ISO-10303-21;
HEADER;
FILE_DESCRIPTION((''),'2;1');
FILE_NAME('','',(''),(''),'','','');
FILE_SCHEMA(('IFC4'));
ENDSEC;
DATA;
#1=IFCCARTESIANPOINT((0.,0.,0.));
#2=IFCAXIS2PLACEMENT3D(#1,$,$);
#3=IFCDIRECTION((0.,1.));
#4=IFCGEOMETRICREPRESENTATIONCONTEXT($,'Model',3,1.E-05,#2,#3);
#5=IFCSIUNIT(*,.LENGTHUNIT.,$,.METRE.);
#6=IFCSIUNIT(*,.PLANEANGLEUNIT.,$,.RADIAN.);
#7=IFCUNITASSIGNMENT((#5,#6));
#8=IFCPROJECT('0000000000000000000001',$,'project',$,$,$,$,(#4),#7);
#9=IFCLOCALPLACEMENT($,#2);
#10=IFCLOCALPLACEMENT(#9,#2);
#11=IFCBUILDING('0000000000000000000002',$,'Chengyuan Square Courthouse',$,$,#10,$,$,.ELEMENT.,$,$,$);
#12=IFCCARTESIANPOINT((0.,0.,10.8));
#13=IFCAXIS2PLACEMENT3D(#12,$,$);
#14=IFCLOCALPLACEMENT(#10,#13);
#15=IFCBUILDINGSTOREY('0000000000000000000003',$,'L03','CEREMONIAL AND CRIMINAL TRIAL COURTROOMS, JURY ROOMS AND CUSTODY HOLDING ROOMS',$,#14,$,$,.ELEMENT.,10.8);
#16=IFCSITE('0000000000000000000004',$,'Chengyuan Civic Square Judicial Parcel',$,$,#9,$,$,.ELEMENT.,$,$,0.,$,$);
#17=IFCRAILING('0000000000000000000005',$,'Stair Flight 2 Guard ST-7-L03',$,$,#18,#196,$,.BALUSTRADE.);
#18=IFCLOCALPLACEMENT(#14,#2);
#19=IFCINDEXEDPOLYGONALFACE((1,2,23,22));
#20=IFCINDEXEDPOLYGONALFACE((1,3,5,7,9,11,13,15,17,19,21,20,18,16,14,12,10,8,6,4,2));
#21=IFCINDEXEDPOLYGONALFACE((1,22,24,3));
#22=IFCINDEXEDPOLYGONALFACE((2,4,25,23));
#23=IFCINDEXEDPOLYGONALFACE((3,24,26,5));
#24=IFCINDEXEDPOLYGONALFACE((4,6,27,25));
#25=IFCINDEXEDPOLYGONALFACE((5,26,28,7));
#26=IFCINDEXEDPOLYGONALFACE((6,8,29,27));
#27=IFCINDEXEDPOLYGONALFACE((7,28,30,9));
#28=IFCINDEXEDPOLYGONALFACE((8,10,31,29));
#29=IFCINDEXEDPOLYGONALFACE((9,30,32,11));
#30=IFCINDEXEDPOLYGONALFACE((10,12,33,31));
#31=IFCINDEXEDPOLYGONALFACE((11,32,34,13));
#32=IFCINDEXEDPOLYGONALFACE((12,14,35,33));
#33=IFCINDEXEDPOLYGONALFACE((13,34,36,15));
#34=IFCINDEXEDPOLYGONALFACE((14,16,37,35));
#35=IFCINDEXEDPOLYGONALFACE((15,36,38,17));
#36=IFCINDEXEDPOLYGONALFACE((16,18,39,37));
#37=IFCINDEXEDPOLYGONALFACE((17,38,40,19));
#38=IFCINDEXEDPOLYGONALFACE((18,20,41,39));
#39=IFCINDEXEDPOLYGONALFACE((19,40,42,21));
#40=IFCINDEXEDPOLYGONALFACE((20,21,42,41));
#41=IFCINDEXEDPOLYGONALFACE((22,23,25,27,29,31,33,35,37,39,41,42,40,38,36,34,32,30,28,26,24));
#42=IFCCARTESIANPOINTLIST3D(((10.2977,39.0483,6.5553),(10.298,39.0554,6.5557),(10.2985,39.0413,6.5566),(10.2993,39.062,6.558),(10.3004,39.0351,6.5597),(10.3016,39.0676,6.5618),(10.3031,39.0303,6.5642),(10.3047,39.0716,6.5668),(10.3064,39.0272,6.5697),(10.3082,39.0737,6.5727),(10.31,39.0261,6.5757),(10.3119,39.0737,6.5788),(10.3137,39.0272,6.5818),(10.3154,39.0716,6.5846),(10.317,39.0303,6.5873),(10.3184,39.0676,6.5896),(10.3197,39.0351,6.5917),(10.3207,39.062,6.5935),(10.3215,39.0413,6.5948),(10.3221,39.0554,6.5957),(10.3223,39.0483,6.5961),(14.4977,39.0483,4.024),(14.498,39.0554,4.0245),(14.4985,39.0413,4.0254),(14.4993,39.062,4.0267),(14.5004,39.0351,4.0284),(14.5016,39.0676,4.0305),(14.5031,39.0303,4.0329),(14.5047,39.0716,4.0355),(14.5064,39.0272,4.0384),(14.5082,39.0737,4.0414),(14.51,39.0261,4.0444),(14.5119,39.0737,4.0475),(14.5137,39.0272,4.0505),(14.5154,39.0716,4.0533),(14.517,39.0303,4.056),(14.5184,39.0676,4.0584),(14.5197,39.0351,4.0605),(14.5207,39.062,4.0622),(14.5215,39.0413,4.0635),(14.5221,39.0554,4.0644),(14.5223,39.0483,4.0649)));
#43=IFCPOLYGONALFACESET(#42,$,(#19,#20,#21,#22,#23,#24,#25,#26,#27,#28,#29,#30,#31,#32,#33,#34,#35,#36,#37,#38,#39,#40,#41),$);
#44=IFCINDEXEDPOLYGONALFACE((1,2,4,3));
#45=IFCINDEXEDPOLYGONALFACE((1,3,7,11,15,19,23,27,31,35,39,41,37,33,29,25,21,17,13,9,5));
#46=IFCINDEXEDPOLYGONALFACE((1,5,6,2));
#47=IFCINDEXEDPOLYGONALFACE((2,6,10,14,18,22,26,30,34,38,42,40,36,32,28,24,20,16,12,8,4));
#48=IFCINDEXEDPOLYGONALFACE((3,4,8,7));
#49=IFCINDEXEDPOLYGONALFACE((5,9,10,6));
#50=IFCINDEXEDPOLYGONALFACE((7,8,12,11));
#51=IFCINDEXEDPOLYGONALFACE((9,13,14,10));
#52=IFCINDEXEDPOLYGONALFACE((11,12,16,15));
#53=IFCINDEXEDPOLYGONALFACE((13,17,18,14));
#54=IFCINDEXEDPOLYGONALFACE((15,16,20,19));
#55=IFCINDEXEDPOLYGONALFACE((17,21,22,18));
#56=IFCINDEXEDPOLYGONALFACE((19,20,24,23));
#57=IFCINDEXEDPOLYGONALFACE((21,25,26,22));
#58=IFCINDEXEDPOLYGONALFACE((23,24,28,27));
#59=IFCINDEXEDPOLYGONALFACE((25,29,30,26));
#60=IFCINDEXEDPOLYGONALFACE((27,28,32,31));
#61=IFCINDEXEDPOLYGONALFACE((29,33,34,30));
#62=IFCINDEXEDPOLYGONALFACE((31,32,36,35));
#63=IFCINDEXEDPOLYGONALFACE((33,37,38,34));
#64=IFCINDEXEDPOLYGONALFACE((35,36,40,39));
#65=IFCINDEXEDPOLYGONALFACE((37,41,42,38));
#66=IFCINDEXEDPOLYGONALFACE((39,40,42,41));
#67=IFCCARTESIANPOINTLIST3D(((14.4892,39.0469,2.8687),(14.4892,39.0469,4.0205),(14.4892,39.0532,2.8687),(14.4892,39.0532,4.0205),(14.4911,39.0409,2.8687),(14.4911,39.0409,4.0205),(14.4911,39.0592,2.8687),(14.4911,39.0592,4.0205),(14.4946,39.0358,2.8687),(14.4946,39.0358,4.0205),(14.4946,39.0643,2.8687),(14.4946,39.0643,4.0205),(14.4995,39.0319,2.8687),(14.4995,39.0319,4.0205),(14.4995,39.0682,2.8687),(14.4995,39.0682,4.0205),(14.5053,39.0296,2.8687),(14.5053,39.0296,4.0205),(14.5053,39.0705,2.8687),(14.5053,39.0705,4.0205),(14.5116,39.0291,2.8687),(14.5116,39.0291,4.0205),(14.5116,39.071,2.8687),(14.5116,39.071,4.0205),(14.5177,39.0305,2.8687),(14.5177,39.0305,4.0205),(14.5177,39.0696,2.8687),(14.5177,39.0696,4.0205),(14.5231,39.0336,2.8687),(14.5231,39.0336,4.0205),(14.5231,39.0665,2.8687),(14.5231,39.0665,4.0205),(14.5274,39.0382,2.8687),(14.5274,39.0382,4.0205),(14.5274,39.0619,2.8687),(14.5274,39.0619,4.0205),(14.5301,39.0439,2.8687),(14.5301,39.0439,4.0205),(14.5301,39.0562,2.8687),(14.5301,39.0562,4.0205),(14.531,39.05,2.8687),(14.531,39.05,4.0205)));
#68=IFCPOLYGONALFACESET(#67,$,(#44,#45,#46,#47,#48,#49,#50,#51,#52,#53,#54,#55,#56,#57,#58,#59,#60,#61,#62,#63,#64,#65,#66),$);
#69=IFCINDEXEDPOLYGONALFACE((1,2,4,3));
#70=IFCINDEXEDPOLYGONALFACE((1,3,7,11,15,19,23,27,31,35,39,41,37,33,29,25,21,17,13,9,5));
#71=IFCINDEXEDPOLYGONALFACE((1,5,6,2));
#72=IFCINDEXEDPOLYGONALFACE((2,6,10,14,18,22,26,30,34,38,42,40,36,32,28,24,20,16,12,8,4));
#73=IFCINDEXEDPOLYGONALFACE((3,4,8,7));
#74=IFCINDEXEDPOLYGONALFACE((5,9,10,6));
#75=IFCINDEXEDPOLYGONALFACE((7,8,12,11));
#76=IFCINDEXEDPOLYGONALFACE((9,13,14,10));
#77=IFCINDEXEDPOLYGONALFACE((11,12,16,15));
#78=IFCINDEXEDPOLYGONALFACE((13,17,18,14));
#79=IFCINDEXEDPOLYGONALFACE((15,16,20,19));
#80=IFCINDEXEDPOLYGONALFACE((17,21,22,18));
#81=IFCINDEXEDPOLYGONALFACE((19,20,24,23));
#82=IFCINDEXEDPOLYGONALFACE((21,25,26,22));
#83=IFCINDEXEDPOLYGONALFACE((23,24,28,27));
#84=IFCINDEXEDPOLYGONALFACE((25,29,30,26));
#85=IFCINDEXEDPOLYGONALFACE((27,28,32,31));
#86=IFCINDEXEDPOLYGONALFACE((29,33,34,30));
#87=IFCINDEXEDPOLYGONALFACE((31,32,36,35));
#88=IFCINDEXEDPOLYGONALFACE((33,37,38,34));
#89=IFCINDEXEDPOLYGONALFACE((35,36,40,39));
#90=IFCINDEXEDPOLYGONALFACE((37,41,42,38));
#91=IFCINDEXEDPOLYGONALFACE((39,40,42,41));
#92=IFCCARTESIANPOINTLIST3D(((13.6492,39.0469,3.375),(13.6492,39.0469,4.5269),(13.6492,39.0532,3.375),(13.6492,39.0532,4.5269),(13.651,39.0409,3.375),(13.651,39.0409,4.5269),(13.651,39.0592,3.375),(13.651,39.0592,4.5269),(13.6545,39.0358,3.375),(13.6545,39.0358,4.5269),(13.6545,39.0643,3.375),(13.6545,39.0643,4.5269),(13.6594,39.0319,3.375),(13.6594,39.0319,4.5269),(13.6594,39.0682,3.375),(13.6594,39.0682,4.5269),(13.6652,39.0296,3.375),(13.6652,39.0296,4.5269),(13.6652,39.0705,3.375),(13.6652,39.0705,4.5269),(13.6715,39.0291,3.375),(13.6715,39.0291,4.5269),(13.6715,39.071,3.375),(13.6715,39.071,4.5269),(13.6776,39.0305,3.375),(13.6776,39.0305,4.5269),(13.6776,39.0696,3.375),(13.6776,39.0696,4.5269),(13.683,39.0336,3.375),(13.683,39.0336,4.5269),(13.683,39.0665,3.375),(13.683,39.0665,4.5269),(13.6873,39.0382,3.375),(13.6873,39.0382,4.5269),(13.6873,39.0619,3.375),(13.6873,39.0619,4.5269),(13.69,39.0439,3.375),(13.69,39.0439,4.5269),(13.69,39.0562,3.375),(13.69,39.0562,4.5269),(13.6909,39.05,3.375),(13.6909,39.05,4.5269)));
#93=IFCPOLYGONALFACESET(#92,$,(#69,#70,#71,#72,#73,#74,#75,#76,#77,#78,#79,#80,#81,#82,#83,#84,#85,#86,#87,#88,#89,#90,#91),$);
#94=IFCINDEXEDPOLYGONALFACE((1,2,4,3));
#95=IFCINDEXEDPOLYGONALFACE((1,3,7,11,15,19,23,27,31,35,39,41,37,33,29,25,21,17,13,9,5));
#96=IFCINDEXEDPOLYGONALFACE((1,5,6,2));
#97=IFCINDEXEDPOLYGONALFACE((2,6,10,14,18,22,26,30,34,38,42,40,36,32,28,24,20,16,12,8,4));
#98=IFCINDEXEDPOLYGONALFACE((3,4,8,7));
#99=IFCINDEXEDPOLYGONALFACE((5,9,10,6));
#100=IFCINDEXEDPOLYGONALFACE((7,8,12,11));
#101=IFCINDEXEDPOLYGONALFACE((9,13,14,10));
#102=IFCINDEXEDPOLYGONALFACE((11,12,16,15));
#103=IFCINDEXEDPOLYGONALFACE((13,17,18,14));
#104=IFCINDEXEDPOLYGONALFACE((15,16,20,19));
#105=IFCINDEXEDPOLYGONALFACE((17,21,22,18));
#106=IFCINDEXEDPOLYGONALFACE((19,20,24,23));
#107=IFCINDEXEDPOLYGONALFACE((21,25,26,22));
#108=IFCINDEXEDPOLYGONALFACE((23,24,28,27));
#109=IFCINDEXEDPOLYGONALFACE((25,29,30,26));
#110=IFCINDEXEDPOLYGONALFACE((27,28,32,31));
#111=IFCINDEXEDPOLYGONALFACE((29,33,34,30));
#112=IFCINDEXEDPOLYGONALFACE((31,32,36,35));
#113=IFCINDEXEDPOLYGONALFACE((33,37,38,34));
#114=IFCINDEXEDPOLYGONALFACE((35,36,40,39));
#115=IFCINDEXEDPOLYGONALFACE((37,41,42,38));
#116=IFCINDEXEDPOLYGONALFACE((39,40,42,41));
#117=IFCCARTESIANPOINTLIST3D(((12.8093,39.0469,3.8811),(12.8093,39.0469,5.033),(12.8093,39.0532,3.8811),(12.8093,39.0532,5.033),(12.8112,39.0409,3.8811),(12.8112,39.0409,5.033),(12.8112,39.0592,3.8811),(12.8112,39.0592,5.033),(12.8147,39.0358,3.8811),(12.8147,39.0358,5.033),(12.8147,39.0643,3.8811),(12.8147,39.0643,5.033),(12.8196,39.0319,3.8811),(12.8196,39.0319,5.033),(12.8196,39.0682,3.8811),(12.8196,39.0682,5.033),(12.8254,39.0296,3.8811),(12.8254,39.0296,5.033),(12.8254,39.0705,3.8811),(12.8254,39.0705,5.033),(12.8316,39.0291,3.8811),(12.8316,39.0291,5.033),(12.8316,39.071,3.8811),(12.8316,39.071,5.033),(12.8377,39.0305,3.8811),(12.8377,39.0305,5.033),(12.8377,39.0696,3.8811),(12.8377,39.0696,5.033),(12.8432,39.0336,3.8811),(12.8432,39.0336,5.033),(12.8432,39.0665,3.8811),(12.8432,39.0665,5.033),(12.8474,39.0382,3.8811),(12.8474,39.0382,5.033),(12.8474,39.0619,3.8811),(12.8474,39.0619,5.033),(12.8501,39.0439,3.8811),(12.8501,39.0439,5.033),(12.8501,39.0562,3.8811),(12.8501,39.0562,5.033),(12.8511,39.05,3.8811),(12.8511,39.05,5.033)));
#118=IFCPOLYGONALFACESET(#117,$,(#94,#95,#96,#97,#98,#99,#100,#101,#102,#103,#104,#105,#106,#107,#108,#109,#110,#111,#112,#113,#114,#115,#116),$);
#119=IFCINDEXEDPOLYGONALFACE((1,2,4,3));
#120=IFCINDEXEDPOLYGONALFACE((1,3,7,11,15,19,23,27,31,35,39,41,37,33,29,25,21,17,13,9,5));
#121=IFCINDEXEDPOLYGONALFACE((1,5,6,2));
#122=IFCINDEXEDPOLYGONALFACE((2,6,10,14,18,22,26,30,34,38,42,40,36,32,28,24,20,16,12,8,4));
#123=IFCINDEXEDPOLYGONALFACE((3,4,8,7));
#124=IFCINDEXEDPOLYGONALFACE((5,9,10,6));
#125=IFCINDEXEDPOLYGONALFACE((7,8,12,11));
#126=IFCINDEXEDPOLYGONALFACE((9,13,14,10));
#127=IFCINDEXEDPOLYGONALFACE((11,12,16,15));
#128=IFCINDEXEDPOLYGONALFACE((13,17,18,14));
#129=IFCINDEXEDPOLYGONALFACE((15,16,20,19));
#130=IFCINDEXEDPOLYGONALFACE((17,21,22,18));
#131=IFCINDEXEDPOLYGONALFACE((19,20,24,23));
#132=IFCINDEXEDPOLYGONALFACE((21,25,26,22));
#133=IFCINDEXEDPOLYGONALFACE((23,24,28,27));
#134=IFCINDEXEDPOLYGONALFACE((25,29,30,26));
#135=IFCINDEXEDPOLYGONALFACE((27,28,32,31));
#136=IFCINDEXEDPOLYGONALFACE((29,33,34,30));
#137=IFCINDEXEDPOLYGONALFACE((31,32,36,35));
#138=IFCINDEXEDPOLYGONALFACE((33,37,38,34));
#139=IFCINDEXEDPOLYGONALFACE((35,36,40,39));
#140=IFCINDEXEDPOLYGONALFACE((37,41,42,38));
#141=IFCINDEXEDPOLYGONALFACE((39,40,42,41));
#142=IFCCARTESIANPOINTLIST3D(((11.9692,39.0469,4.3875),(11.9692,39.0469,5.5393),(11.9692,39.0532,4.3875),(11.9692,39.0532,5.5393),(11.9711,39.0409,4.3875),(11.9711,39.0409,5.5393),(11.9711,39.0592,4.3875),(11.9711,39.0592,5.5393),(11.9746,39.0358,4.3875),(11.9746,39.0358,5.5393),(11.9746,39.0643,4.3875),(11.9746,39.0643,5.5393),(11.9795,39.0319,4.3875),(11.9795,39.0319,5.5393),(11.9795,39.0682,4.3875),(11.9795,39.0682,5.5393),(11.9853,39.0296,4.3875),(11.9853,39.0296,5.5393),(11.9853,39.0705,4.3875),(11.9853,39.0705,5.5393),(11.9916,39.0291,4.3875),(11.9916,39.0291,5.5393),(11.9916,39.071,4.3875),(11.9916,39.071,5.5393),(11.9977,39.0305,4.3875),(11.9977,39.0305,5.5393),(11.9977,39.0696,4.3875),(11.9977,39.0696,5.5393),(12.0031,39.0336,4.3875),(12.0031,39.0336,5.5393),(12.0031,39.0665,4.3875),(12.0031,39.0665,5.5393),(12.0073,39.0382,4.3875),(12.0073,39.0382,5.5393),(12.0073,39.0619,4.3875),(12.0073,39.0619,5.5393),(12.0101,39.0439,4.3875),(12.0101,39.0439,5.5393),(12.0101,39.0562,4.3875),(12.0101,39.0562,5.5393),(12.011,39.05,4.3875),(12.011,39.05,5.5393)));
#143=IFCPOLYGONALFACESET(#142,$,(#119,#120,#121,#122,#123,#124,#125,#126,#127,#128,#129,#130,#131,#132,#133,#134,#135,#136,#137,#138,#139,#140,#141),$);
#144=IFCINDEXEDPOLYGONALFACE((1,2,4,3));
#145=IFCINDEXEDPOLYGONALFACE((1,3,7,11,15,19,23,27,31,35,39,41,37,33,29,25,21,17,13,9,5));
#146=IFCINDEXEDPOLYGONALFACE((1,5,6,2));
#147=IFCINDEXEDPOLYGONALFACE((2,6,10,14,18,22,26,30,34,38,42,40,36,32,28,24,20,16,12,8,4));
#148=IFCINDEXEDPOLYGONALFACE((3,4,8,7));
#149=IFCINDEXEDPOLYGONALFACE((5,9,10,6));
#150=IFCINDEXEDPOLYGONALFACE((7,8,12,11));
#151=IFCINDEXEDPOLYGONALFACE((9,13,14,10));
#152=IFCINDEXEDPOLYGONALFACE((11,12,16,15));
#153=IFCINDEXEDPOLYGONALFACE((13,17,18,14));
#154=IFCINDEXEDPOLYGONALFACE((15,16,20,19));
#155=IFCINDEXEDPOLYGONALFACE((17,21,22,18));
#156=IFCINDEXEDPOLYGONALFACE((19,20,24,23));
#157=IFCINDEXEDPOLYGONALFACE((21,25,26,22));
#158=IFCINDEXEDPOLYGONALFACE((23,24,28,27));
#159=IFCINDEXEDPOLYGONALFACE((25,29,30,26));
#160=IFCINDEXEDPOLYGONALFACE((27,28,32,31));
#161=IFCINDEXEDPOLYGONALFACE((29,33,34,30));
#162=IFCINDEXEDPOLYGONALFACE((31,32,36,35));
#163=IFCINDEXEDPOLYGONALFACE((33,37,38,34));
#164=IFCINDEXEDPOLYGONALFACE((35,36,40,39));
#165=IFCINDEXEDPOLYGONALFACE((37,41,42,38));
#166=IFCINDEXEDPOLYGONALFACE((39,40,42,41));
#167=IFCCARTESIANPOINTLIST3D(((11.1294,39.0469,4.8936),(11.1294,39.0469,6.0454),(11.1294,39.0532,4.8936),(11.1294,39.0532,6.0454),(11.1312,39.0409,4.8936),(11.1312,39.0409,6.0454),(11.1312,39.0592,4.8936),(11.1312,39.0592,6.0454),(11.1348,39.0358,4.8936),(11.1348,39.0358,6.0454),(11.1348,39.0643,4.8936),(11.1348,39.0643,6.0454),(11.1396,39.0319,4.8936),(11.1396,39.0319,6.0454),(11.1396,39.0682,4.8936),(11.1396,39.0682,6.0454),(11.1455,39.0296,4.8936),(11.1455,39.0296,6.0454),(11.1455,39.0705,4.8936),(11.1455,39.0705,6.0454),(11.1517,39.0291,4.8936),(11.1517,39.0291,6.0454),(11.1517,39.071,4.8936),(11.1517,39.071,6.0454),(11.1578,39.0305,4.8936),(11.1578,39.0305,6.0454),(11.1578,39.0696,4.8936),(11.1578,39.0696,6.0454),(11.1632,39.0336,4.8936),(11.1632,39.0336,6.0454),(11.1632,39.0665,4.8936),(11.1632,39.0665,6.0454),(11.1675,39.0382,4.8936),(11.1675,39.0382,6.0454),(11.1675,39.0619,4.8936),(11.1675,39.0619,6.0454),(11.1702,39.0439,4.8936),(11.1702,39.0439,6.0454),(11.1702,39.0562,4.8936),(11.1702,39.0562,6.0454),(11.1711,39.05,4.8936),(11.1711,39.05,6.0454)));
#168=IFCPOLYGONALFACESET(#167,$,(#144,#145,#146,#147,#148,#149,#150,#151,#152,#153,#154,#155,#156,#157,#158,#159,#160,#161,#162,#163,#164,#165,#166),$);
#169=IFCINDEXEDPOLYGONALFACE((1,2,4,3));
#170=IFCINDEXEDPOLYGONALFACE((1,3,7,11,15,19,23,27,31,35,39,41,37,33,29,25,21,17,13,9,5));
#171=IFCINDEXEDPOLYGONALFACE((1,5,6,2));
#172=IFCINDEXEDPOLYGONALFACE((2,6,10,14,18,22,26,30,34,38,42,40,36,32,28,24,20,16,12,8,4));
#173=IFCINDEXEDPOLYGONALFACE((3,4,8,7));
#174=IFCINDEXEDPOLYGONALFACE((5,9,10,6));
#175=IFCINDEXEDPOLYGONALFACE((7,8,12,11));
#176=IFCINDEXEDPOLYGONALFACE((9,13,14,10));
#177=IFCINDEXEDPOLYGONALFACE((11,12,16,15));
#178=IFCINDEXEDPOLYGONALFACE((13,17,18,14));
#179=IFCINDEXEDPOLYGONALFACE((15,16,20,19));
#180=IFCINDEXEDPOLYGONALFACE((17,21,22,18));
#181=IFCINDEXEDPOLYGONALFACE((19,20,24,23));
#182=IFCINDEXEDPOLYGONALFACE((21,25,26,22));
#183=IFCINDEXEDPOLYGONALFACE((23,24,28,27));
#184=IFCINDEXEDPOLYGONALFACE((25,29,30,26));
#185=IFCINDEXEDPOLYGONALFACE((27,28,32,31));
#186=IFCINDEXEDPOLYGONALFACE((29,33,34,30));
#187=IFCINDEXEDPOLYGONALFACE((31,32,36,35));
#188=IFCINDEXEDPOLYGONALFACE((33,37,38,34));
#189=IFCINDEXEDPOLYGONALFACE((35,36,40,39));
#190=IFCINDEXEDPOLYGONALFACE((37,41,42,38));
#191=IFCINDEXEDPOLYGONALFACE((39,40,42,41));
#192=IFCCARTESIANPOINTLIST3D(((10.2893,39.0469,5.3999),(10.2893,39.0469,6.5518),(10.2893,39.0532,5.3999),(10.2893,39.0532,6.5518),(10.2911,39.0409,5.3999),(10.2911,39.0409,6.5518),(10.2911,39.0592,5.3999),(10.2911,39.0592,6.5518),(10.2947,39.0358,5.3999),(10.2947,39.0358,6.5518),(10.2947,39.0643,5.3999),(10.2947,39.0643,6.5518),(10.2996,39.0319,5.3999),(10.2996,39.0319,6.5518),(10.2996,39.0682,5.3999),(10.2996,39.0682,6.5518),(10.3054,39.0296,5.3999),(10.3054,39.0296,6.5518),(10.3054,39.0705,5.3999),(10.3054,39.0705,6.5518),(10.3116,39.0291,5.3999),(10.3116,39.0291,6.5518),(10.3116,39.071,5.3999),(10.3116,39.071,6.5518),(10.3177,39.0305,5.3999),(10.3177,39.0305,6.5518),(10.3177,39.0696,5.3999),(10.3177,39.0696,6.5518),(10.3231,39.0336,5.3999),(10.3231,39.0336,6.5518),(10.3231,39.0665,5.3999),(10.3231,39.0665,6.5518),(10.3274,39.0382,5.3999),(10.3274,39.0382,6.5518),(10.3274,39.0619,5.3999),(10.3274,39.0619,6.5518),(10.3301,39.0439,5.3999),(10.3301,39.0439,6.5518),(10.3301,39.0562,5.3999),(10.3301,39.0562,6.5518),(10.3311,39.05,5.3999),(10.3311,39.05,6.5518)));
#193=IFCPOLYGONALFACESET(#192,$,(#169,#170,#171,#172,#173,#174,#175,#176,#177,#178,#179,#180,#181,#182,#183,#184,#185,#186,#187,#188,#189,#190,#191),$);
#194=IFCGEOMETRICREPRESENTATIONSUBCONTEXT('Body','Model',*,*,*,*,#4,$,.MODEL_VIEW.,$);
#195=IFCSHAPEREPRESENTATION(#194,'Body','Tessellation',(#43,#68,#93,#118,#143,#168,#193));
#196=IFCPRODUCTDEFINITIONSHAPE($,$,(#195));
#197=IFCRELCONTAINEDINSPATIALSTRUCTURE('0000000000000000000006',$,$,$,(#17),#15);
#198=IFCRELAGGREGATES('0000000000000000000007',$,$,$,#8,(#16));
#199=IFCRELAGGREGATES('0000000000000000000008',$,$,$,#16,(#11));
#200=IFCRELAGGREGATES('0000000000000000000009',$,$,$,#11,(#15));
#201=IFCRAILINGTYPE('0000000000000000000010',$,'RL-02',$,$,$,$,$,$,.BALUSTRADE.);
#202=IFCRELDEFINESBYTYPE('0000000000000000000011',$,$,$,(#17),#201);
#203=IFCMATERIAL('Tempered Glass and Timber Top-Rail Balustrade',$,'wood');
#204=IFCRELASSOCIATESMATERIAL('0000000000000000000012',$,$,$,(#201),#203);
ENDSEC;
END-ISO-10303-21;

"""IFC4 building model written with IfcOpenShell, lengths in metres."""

from ifc_helpers import new_model, si_unit, direction, frame, origin, origin_2d, place, context, subcontext, project, spatial, circle, extrude, material, type_object, element, save


model = new_model("IFC4")

# Units and contexts
model_context = context("Model", 3, precision=1e-05, world=origin(), true_north=direction((0.0, 1.0)))
body_context = subcontext(model_context, "Body", "Model", "MODEL_VIEW")
ifc_project = project(units=[si_unit("LENGTHUNIT", "METRE"), si_unit("PLANEANGLEUNIT", "RADIAN")], contexts=[model_context])

# Site, building, storey
site_placement = place(None, origin())
site = spatial("IfcSite", under=ifc_project, at=site_placement, Name="Chengyuan Civic Square Judicial Parcel", CompositionType="ELEMENT", RefElevation=0.0)
building_placement = place(site_placement, origin())
building = spatial("IfcBuilding", under=site, at=building_placement, Name="Chengyuan Square Courthouse", CompositionType="ELEMENT")
storey_placement = place(building_placement, frame((0.0, 0.0, 10.8)))
storey = spatial("IfcBuildingStorey", under=building, at=storey_placement, Name="L03", Description="CEREMONIAL AND CRIMINAL TRIAL COURTROOMS, JURY ROOMS AND CUSTODY HOLDING ROOMS", CompositionType="ELEMENT", Elevation=10.8)

# Railing
ifc_material_1 = material(Name="Tempered Glass and Timber Top-Rail Balustrade", Category="wood")
railing_type_1 = type_object("IfcRailingType", Name="RL-02", PredefinedType="BALUSTRADE", material=ifc_material_1)
railing_1_placement = place(storey_placement, frame((14.51, 39.05, 2.8687)))
element("IfcRailing", 1, at=railing_1_placement, inside=storey, type_object=railing_type_1, Name="Stair Flight 2 Guard ST-7-L03", PredefinedType="BALUSTRADE", context=body_context, shape_type="SweptSolid", body=[
    extrude(circle(Radius=0.0239, at=origin_2d()), frame((0.0, 0.0, 1.1758), z_axis=(-0.856476, 0.0, 0.516186), x_axis=(0.0, -1.0, 0.0)), (0.0, 0.0, 1.0), 4.9038),
    extrude(circle(Radius=0.021, at=origin_2d()), origin(), (0.0, 0.0, 1.0), 1.1519),
    extrude(circle(Radius=0.021, at=origin_2d()), frame((-0.8401, 0.0, 0.5063)), (0.0, 0.0, 1.0), 1.1519),
    extrude(circle(Radius=0.021, at=origin_2d()), frame((-1.6799, 0.0, 1.0125)), (0.0, 0.0, 1.0), 1.1519),
    extrude(circle(Radius=0.021, at=origin_2d()), frame((-2.52, 0.0, 1.5188)), (0.0, 0.0, 1.0), 1.1519),
    extrude(circle(Radius=0.021, at=origin_2d()), frame((-3.3599, 0.0, 2.0249)), (0.0, 0.0, 1.0), 1.1519),
    extrude(circle(Radius=0.021, at=origin_2d()), frame((-4.2, 0.0, 2.5312)), (0.0, 0.0, 1.0), 1.1519),
])

save(model, "model.ifc")
